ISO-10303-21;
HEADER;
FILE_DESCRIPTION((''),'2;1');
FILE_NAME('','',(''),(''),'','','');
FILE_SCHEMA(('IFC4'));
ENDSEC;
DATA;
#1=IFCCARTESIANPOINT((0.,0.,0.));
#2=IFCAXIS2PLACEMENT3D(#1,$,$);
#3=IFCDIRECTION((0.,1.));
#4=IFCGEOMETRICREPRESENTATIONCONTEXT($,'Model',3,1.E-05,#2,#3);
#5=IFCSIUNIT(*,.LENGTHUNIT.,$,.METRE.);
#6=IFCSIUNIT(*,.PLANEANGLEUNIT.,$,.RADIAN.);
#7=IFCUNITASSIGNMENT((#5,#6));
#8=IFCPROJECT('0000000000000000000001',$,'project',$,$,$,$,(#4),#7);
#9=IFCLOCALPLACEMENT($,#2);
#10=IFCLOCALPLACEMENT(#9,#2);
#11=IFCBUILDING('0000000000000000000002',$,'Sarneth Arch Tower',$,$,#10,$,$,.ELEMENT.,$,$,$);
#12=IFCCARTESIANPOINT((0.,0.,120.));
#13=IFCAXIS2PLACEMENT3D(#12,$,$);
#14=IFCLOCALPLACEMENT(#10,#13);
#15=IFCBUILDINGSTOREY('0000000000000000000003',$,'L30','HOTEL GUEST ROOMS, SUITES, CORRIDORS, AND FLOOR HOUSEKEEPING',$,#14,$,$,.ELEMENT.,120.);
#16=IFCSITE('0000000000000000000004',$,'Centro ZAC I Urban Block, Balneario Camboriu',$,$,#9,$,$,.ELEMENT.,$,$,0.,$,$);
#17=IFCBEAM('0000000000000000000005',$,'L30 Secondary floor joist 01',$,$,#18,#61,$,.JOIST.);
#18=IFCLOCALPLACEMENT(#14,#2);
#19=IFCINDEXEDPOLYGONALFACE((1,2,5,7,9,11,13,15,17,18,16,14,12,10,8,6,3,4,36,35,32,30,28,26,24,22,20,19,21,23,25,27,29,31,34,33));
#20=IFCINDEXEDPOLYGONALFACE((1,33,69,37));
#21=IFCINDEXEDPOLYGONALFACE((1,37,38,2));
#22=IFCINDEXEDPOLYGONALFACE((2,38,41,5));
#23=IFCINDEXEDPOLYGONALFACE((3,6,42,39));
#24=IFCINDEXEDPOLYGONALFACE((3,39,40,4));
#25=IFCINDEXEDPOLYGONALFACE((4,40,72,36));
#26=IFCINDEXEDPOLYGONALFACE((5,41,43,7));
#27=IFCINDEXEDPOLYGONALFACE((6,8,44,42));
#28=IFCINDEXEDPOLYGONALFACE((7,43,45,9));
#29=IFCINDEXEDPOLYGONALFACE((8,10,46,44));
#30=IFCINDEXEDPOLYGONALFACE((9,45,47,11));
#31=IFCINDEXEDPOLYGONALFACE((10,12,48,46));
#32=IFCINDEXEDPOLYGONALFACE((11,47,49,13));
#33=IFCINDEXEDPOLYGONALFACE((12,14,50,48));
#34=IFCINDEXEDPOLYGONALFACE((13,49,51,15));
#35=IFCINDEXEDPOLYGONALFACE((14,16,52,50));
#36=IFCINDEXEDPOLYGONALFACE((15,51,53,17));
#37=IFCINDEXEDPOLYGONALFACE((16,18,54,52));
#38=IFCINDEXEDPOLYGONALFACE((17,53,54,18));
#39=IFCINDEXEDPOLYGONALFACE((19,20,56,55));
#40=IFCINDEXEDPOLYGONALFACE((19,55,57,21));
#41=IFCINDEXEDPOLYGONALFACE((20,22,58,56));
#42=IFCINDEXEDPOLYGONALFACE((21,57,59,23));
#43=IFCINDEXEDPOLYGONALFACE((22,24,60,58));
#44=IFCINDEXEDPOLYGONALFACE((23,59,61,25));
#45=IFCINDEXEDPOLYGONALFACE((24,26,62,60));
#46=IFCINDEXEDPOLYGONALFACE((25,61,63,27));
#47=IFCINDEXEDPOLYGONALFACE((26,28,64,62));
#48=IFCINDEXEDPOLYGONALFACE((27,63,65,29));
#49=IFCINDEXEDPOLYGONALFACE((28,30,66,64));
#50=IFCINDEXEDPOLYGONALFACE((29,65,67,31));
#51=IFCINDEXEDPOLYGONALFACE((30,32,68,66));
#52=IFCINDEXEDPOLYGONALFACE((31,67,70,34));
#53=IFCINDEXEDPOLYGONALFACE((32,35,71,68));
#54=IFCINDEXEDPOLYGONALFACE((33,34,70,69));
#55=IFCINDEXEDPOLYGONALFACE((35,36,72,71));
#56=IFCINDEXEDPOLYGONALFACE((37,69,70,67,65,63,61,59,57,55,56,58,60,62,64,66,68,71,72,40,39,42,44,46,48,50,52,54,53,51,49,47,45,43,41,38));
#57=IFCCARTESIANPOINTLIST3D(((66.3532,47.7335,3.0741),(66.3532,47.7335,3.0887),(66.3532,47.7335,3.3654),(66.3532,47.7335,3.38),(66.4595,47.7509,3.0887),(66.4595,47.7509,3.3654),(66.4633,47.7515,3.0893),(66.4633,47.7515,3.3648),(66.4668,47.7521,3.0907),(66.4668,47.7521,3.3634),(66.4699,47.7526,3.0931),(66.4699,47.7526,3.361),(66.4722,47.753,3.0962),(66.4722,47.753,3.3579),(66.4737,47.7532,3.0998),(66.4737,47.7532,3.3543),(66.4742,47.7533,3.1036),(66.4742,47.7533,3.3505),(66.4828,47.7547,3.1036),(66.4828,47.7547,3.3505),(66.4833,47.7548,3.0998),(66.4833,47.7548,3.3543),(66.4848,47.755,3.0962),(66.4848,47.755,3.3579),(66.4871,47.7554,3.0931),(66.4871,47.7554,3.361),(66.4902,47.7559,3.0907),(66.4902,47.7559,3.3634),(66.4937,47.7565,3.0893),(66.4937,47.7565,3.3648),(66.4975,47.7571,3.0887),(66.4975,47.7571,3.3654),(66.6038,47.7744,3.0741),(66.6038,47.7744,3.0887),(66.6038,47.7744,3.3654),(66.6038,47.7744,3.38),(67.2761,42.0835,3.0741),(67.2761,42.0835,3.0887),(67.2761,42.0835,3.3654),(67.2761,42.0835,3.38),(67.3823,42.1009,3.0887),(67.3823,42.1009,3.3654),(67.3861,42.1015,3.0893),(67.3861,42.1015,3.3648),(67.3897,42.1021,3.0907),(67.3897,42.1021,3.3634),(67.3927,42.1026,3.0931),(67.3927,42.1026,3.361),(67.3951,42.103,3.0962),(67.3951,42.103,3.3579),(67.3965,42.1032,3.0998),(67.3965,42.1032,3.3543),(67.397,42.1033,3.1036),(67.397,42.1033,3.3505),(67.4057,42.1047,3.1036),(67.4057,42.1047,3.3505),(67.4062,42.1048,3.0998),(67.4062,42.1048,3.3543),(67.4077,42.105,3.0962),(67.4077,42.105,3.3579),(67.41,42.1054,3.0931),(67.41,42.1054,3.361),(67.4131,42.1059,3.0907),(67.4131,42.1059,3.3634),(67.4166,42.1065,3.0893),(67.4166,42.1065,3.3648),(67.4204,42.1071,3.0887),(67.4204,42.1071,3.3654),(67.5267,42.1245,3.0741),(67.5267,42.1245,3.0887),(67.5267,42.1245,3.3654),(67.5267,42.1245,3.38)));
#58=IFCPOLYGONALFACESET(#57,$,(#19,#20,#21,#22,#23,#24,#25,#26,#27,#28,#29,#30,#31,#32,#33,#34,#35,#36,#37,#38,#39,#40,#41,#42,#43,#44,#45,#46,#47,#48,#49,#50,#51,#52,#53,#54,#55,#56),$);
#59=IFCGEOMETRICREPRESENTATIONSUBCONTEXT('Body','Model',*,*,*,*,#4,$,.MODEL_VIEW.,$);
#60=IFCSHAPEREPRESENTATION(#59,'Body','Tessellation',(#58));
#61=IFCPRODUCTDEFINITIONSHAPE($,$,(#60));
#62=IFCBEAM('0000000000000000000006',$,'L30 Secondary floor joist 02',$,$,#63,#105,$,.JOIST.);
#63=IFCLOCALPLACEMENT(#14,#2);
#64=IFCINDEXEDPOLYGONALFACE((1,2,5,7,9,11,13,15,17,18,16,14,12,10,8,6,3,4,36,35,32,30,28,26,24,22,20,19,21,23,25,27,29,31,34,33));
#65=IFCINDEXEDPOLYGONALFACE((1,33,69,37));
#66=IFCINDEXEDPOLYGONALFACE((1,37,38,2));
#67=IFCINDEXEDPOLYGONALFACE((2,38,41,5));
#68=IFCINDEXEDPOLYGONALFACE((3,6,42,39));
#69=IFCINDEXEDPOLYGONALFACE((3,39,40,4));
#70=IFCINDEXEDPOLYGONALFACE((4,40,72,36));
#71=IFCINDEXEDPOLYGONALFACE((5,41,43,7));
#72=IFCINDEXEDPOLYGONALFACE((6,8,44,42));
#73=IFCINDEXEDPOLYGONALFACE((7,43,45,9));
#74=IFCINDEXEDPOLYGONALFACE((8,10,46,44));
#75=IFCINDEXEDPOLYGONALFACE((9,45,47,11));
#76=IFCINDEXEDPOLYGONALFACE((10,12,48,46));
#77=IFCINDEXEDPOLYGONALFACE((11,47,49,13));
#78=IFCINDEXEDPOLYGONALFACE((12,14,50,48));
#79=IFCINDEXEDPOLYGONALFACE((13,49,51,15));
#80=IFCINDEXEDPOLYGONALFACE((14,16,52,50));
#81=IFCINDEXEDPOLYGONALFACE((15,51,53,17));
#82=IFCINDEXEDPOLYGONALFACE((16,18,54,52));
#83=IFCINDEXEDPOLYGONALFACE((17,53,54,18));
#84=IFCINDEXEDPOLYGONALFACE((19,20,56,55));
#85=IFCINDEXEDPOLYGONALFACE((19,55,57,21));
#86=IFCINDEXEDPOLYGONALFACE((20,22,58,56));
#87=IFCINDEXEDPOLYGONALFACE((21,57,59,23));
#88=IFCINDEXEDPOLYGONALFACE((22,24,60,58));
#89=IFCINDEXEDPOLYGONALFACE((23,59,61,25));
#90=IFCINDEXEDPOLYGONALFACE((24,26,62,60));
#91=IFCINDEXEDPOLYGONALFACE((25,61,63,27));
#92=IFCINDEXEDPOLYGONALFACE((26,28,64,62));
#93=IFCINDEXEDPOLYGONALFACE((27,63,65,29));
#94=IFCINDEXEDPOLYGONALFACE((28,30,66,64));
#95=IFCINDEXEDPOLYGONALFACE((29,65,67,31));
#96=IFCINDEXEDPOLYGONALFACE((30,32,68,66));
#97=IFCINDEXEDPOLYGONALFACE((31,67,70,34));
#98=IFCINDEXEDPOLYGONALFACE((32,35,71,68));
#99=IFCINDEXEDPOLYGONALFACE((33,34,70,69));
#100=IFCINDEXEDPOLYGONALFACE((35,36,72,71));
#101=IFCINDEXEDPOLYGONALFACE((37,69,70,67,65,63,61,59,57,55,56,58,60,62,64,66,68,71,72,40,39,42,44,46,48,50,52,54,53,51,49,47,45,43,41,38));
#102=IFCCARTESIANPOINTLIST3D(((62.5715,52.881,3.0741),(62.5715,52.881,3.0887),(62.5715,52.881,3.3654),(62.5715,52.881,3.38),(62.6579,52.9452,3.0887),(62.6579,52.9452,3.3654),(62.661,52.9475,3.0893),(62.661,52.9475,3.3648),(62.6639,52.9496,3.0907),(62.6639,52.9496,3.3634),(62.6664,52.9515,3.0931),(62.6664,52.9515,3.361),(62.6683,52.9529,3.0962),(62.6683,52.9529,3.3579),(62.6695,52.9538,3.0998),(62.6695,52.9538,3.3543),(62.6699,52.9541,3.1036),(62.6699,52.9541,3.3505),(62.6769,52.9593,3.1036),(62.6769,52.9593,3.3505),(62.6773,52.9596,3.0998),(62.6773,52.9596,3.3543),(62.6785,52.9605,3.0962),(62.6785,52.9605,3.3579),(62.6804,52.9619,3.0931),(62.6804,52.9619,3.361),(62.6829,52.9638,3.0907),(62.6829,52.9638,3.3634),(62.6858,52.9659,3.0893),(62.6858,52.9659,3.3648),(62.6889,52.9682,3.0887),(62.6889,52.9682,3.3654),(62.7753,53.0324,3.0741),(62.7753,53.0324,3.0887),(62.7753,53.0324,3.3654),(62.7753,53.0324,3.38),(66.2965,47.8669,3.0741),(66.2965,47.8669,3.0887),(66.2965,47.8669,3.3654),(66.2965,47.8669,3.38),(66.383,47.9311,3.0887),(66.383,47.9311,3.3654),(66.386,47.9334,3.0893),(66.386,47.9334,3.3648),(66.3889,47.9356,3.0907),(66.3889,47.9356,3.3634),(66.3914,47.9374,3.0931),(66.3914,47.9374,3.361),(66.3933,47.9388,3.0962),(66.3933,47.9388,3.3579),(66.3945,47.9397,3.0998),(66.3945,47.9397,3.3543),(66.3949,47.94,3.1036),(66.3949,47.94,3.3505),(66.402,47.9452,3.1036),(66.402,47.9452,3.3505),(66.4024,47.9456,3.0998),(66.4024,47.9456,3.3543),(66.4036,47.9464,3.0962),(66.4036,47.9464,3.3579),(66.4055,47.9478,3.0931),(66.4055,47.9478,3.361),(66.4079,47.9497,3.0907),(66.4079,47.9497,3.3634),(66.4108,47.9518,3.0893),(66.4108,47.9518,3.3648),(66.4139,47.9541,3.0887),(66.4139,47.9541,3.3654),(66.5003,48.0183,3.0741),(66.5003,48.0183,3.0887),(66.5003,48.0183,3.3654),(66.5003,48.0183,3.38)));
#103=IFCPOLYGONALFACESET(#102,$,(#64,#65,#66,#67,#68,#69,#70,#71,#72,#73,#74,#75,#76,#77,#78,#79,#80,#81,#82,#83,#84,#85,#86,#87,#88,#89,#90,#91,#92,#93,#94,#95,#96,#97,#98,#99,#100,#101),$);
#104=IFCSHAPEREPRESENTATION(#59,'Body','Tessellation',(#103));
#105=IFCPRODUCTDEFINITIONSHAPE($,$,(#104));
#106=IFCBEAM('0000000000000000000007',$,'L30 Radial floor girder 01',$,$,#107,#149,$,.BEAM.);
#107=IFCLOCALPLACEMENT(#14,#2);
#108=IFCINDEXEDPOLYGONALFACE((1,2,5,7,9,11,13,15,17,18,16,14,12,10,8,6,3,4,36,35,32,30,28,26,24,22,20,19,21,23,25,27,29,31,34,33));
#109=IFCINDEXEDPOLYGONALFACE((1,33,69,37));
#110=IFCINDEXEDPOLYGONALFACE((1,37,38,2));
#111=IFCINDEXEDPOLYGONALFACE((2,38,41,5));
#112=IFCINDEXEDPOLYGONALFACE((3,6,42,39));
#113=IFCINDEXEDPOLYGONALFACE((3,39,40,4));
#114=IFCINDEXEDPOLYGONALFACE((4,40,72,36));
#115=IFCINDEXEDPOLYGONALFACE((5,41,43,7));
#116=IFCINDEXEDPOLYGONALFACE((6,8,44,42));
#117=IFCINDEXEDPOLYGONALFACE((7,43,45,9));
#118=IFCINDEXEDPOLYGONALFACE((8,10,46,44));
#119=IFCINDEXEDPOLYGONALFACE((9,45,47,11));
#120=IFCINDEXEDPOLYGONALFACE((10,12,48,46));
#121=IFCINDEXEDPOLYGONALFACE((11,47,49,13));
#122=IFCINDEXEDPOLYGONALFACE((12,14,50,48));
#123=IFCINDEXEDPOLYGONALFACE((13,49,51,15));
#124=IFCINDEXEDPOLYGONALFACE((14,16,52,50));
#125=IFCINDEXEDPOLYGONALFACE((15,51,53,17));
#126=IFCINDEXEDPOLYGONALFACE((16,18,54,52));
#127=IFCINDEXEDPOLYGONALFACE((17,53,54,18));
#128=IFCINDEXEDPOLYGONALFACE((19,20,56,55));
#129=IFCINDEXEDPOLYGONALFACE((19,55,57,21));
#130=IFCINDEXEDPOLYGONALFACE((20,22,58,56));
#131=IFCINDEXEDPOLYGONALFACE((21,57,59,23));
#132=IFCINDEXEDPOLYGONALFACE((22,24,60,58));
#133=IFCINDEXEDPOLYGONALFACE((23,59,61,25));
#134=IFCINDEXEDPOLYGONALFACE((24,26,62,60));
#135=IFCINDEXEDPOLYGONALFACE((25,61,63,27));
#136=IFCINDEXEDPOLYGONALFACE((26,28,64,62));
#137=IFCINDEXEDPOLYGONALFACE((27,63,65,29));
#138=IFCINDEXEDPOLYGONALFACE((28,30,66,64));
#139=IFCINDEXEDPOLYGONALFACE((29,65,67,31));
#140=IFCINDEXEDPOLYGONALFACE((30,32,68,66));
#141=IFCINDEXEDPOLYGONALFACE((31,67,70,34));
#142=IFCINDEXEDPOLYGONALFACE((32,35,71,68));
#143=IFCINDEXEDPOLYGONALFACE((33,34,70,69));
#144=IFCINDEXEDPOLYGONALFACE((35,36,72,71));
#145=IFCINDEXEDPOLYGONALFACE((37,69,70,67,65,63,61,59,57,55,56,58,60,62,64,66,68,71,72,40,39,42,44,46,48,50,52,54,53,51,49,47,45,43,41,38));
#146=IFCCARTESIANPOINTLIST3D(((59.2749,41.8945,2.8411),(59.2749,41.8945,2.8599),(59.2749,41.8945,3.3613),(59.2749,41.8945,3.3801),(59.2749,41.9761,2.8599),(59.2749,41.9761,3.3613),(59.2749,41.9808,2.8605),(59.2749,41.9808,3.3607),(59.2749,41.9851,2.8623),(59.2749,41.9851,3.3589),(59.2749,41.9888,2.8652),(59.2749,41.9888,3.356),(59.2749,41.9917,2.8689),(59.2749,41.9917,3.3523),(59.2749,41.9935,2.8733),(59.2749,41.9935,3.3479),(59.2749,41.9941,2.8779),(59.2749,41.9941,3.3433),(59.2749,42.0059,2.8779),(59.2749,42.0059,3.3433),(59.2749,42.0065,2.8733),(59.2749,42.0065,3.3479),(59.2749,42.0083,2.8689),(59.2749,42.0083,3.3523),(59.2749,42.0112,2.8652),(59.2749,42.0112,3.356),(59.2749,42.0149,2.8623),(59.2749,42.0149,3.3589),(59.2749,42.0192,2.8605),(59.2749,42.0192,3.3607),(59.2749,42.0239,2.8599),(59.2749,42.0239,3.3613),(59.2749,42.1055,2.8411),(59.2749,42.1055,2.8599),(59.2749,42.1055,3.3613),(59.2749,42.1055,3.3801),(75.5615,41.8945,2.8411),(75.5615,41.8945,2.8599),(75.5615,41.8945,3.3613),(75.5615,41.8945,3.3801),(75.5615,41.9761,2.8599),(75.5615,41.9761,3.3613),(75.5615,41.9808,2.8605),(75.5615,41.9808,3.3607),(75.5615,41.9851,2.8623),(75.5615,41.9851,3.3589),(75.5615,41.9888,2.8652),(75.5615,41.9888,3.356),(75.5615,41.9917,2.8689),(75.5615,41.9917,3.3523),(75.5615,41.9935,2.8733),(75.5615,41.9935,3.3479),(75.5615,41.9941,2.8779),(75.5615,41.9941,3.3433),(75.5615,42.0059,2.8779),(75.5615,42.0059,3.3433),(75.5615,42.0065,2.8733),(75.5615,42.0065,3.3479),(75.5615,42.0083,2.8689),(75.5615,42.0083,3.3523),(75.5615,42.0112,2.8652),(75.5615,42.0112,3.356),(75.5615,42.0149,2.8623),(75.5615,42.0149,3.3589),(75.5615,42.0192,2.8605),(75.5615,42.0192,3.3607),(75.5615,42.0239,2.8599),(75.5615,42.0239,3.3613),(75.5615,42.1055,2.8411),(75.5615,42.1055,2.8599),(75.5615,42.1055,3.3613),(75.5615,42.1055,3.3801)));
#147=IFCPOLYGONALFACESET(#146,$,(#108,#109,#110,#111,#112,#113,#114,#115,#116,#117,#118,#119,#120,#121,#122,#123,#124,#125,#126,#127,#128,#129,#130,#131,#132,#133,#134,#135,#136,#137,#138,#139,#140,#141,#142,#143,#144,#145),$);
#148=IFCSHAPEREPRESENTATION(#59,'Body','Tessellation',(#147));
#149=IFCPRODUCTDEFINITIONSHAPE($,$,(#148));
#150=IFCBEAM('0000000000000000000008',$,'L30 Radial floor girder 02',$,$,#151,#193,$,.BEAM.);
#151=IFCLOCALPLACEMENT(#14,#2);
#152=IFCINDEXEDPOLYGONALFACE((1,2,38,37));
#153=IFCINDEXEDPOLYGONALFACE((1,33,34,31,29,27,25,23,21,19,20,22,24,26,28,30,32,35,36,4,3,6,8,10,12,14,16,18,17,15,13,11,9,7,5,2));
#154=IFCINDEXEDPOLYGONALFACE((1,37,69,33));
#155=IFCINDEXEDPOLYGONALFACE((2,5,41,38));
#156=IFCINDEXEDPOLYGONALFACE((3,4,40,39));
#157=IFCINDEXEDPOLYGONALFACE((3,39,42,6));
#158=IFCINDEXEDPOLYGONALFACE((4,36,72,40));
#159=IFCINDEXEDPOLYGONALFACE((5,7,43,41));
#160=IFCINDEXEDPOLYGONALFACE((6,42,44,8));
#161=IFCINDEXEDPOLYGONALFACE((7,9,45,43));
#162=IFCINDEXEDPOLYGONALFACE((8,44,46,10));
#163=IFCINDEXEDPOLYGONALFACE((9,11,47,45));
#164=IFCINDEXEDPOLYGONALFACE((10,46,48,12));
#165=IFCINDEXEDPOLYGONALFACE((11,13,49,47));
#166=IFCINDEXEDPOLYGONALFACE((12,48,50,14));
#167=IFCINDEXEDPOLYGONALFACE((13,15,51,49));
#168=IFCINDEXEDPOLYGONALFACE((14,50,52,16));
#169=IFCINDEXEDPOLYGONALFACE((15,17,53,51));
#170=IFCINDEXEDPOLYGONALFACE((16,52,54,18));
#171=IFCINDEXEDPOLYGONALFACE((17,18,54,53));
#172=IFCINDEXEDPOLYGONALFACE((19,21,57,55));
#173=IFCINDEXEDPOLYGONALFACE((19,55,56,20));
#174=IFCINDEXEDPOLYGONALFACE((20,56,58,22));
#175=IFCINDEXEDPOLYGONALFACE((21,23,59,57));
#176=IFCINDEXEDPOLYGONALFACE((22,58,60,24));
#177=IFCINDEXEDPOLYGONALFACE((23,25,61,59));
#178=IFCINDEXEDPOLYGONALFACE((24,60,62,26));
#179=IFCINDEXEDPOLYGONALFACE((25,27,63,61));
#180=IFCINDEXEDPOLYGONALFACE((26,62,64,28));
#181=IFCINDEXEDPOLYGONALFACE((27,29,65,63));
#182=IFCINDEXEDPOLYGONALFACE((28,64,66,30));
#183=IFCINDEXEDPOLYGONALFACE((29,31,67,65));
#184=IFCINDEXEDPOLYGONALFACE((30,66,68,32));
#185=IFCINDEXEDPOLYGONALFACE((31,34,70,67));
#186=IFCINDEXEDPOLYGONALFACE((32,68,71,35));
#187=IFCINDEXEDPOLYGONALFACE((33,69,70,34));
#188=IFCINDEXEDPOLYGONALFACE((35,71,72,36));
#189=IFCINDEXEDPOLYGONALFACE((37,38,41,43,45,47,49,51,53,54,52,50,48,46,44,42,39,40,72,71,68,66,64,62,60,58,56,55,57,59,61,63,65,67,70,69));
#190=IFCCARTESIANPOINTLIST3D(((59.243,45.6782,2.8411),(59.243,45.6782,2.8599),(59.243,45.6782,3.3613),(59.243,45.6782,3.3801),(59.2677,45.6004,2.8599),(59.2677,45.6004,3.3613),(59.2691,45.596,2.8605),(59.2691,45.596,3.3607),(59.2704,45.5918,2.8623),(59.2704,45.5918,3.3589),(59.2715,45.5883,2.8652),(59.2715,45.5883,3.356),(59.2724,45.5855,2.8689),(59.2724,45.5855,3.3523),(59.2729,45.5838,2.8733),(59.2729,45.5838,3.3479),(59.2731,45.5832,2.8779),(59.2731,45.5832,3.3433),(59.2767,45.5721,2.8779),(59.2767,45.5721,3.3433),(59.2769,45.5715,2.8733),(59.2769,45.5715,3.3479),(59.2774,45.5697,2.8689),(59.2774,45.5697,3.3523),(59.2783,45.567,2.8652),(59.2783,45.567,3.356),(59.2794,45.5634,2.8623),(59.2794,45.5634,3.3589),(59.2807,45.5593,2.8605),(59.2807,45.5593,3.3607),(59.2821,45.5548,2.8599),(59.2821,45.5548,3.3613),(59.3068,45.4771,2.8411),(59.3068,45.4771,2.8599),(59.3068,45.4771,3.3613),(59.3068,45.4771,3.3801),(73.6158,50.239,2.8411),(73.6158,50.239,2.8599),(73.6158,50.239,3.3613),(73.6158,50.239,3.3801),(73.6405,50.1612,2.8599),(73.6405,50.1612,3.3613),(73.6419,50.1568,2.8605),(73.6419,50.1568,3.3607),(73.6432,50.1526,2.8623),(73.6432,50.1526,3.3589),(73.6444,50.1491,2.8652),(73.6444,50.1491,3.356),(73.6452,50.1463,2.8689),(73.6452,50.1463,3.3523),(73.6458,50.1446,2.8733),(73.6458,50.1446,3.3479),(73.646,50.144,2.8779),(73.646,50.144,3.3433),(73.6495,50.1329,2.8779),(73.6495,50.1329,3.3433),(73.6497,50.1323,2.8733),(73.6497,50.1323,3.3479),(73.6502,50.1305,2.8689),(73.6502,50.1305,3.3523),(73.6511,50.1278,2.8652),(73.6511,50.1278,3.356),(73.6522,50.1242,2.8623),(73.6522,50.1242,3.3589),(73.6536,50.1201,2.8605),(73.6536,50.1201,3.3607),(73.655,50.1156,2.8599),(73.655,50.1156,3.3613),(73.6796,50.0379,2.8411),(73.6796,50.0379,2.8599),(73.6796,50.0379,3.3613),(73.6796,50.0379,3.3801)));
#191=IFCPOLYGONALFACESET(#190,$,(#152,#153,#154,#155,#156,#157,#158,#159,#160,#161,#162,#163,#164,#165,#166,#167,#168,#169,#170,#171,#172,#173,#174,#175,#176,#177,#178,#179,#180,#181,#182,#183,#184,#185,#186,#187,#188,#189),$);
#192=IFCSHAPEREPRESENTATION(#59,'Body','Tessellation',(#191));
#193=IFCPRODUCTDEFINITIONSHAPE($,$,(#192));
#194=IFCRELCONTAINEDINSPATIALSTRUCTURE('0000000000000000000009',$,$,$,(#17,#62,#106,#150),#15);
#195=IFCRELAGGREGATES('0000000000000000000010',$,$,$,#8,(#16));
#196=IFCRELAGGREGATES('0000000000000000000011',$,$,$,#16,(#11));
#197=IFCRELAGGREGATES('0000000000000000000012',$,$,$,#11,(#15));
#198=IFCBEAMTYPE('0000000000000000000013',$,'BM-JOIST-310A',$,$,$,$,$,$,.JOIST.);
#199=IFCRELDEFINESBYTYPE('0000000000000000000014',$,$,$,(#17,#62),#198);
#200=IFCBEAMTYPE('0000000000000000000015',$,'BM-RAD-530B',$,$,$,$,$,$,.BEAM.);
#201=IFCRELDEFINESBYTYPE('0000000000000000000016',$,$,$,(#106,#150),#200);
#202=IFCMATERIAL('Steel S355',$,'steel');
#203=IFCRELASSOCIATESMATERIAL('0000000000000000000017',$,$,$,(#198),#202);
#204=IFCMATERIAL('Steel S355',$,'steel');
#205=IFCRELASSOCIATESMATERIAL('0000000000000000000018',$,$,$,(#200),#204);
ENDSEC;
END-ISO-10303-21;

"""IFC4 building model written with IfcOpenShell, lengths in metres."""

from ifc_helpers import new_model, si_unit, direction, frame, origin, origin_2d, place, context, subcontext, project, spatial, i_section, extrude, material, material_profile, profile_set, type_object, element, save


model = new_model("IFC4")

# Units and contexts
model_context = context("Model", 3, precision=1e-05, world=origin(), true_north=direction((0.0, 1.0)))
body_context = subcontext(model_context, "Body", "Model", "MODEL_VIEW")
ifc_project = project(units=[si_unit("LENGTHUNIT", "METRE"), si_unit("PLANEANGLEUNIT", "RADIAN")], contexts=[model_context])

# Site, building, storey
site_placement = place(None, origin())
site = spatial("IfcSite", under=ifc_project, at=site_placement, Name="Centro ZAC I Urban Block, Balneario Camboriu", CompositionType="ELEMENT", RefElevation=0.0)
building_placement = place(site_placement, origin())
building = spatial("IfcBuilding", under=site, at=building_placement, Name="Sarneth Arch Tower", CompositionType="ELEMENT")
storey_placement = place(building_placement, frame((0.0, 0.0, 120.0)))
storey = spatial("IfcBuildingStorey", under=building, at=storey_placement, Name="L30", Description="HOTEL GUEST ROOMS, SUITES, CORRIDORS, AND FLOOR HOUSEKEEPING", CompositionType="ELEMENT", Elevation=120.0)

# Beams
ifc_material_1 = material(Name="Steel S355", Category="steel")
ifc_material_profile_1 = material_profile(ifc_material_1, i_section(OverallWidth=0.2539, OverallDepth=0.3059, WebThickness=0.0088, FlangeThickness=0.0146, FilletRadius=0.0149, at=origin_2d()), Name="W310x79")
ifc_profile_set_1 = profile_set([ifc_material_profile_1], Name="Steel S355")
beam_type_1 = type_object("IfcBeamType", Name="BM-JOIST-310A", PredefinedType="JOIST", material=ifc_profile_set_1)
beam_1_placement = place(storey_placement, frame((67.4014, 42.104, 3.2271), z_axis=(-0.161203, 0.986921, 0.0), x_axis=(-0.986921, -0.161203, 0.0)))
element("IfcBeam", 1, at=beam_1_placement, inside=storey, type_object=beam_type_1, Name="L30 Secondary floor joist 01", PredefinedType="JOIST", context=body_context, shape_type="SweptSolid", body=[
    extrude(i_section(OverallWidth=0.2539, OverallDepth=0.3059, WebThickness=0.0088, FlangeThickness=0.0146, FilletRadius=0.0149, at=origin_2d()), origin(), (0.0, 0.0, 1.0), 5.7249),
])
beam_2_placement = place(storey_placement, frame((66.3984, 47.9426, 3.2271), z_axis=(-0.596354, 0.802721, 0.0), x_axis=(-0.802721, -0.596354, 0.0)))
element("IfcBeam", 2, at=beam_2_placement, inside=storey, type_object=beam_type_1, Name="L30 Secondary floor joist 02", PredefinedType="JOIST", context=body_context, shape_type="SweptSolid", body=[
    extrude(i_section(OverallWidth=0.2539, OverallDepth=0.3059, WebThickness=0.0088, FlangeThickness=0.0146, FilletRadius=0.0149, at=origin_2d()), origin(), (0.0, 0.0, 1.0), 6.2463),
])
ifc_material_2 = material(Name="Steel S355", Category="steel")
ifc_material_profile_2 = material_profile(ifc_material_2, i_section(OverallWidth=0.2109, OverallDepth=0.5391, WebThickness=0.0117, FlangeThickness=0.0188, FilletRadius=0.0181, at=origin_2d()), Name="W530x109")
ifc_profile_set_2 = profile_set([ifc_material_profile_2], Name="Steel S355")
beam_type_2 = type_object("IfcBeamType", Name="BM-RAD-530B", PredefinedType="BEAM", material=ifc_profile_set_2)
beam_3_placement = place(storey_placement, frame((59.2749, 42.0, 3.1106), z_axis=(1.0, 0.0, 0.0), x_axis=(0.0, 1.0, 0.0)))
element("IfcBeam", 3, at=beam_3_placement, inside=storey, type_object=beam_type_2, Name="L30 Radial floor girder 01", PredefinedType="BEAM", context=body_context, shape_type="SweptSolid", body=[
    extrude(i_section(OverallWidth=0.2109, OverallDepth=0.5391, WebThickness=0.0117, FlangeThickness=0.0188, FilletRadius=0.0181, at=origin_2d()), origin(), (0.0, 0.0, 1.0), 16.2866),
])
beam_4_placement = place(storey_placement, frame((59.2749, 45.5776, 3.1106), z_axis=(0.953163, 0.302458, 0.0), x_axis=(-0.302458, 0.953163, 0.0)))
element("IfcBeam", 4, at=beam_4_placement, inside=storey, type_object=beam_type_2, Name="L30 Radial floor girder 02", PredefinedType="BEAM", context=body_context, shape_type="SweptSolid", body=[
    extrude(i_section(OverallWidth=0.2109, OverallDepth=0.5391, WebThickness=0.0117, FlangeThickness=0.0188, FilletRadius=0.0181, at=origin_2d()), origin(), (0.0, 0.0, 1.0), 15.0791),
])

save(model, "model.ifc")
